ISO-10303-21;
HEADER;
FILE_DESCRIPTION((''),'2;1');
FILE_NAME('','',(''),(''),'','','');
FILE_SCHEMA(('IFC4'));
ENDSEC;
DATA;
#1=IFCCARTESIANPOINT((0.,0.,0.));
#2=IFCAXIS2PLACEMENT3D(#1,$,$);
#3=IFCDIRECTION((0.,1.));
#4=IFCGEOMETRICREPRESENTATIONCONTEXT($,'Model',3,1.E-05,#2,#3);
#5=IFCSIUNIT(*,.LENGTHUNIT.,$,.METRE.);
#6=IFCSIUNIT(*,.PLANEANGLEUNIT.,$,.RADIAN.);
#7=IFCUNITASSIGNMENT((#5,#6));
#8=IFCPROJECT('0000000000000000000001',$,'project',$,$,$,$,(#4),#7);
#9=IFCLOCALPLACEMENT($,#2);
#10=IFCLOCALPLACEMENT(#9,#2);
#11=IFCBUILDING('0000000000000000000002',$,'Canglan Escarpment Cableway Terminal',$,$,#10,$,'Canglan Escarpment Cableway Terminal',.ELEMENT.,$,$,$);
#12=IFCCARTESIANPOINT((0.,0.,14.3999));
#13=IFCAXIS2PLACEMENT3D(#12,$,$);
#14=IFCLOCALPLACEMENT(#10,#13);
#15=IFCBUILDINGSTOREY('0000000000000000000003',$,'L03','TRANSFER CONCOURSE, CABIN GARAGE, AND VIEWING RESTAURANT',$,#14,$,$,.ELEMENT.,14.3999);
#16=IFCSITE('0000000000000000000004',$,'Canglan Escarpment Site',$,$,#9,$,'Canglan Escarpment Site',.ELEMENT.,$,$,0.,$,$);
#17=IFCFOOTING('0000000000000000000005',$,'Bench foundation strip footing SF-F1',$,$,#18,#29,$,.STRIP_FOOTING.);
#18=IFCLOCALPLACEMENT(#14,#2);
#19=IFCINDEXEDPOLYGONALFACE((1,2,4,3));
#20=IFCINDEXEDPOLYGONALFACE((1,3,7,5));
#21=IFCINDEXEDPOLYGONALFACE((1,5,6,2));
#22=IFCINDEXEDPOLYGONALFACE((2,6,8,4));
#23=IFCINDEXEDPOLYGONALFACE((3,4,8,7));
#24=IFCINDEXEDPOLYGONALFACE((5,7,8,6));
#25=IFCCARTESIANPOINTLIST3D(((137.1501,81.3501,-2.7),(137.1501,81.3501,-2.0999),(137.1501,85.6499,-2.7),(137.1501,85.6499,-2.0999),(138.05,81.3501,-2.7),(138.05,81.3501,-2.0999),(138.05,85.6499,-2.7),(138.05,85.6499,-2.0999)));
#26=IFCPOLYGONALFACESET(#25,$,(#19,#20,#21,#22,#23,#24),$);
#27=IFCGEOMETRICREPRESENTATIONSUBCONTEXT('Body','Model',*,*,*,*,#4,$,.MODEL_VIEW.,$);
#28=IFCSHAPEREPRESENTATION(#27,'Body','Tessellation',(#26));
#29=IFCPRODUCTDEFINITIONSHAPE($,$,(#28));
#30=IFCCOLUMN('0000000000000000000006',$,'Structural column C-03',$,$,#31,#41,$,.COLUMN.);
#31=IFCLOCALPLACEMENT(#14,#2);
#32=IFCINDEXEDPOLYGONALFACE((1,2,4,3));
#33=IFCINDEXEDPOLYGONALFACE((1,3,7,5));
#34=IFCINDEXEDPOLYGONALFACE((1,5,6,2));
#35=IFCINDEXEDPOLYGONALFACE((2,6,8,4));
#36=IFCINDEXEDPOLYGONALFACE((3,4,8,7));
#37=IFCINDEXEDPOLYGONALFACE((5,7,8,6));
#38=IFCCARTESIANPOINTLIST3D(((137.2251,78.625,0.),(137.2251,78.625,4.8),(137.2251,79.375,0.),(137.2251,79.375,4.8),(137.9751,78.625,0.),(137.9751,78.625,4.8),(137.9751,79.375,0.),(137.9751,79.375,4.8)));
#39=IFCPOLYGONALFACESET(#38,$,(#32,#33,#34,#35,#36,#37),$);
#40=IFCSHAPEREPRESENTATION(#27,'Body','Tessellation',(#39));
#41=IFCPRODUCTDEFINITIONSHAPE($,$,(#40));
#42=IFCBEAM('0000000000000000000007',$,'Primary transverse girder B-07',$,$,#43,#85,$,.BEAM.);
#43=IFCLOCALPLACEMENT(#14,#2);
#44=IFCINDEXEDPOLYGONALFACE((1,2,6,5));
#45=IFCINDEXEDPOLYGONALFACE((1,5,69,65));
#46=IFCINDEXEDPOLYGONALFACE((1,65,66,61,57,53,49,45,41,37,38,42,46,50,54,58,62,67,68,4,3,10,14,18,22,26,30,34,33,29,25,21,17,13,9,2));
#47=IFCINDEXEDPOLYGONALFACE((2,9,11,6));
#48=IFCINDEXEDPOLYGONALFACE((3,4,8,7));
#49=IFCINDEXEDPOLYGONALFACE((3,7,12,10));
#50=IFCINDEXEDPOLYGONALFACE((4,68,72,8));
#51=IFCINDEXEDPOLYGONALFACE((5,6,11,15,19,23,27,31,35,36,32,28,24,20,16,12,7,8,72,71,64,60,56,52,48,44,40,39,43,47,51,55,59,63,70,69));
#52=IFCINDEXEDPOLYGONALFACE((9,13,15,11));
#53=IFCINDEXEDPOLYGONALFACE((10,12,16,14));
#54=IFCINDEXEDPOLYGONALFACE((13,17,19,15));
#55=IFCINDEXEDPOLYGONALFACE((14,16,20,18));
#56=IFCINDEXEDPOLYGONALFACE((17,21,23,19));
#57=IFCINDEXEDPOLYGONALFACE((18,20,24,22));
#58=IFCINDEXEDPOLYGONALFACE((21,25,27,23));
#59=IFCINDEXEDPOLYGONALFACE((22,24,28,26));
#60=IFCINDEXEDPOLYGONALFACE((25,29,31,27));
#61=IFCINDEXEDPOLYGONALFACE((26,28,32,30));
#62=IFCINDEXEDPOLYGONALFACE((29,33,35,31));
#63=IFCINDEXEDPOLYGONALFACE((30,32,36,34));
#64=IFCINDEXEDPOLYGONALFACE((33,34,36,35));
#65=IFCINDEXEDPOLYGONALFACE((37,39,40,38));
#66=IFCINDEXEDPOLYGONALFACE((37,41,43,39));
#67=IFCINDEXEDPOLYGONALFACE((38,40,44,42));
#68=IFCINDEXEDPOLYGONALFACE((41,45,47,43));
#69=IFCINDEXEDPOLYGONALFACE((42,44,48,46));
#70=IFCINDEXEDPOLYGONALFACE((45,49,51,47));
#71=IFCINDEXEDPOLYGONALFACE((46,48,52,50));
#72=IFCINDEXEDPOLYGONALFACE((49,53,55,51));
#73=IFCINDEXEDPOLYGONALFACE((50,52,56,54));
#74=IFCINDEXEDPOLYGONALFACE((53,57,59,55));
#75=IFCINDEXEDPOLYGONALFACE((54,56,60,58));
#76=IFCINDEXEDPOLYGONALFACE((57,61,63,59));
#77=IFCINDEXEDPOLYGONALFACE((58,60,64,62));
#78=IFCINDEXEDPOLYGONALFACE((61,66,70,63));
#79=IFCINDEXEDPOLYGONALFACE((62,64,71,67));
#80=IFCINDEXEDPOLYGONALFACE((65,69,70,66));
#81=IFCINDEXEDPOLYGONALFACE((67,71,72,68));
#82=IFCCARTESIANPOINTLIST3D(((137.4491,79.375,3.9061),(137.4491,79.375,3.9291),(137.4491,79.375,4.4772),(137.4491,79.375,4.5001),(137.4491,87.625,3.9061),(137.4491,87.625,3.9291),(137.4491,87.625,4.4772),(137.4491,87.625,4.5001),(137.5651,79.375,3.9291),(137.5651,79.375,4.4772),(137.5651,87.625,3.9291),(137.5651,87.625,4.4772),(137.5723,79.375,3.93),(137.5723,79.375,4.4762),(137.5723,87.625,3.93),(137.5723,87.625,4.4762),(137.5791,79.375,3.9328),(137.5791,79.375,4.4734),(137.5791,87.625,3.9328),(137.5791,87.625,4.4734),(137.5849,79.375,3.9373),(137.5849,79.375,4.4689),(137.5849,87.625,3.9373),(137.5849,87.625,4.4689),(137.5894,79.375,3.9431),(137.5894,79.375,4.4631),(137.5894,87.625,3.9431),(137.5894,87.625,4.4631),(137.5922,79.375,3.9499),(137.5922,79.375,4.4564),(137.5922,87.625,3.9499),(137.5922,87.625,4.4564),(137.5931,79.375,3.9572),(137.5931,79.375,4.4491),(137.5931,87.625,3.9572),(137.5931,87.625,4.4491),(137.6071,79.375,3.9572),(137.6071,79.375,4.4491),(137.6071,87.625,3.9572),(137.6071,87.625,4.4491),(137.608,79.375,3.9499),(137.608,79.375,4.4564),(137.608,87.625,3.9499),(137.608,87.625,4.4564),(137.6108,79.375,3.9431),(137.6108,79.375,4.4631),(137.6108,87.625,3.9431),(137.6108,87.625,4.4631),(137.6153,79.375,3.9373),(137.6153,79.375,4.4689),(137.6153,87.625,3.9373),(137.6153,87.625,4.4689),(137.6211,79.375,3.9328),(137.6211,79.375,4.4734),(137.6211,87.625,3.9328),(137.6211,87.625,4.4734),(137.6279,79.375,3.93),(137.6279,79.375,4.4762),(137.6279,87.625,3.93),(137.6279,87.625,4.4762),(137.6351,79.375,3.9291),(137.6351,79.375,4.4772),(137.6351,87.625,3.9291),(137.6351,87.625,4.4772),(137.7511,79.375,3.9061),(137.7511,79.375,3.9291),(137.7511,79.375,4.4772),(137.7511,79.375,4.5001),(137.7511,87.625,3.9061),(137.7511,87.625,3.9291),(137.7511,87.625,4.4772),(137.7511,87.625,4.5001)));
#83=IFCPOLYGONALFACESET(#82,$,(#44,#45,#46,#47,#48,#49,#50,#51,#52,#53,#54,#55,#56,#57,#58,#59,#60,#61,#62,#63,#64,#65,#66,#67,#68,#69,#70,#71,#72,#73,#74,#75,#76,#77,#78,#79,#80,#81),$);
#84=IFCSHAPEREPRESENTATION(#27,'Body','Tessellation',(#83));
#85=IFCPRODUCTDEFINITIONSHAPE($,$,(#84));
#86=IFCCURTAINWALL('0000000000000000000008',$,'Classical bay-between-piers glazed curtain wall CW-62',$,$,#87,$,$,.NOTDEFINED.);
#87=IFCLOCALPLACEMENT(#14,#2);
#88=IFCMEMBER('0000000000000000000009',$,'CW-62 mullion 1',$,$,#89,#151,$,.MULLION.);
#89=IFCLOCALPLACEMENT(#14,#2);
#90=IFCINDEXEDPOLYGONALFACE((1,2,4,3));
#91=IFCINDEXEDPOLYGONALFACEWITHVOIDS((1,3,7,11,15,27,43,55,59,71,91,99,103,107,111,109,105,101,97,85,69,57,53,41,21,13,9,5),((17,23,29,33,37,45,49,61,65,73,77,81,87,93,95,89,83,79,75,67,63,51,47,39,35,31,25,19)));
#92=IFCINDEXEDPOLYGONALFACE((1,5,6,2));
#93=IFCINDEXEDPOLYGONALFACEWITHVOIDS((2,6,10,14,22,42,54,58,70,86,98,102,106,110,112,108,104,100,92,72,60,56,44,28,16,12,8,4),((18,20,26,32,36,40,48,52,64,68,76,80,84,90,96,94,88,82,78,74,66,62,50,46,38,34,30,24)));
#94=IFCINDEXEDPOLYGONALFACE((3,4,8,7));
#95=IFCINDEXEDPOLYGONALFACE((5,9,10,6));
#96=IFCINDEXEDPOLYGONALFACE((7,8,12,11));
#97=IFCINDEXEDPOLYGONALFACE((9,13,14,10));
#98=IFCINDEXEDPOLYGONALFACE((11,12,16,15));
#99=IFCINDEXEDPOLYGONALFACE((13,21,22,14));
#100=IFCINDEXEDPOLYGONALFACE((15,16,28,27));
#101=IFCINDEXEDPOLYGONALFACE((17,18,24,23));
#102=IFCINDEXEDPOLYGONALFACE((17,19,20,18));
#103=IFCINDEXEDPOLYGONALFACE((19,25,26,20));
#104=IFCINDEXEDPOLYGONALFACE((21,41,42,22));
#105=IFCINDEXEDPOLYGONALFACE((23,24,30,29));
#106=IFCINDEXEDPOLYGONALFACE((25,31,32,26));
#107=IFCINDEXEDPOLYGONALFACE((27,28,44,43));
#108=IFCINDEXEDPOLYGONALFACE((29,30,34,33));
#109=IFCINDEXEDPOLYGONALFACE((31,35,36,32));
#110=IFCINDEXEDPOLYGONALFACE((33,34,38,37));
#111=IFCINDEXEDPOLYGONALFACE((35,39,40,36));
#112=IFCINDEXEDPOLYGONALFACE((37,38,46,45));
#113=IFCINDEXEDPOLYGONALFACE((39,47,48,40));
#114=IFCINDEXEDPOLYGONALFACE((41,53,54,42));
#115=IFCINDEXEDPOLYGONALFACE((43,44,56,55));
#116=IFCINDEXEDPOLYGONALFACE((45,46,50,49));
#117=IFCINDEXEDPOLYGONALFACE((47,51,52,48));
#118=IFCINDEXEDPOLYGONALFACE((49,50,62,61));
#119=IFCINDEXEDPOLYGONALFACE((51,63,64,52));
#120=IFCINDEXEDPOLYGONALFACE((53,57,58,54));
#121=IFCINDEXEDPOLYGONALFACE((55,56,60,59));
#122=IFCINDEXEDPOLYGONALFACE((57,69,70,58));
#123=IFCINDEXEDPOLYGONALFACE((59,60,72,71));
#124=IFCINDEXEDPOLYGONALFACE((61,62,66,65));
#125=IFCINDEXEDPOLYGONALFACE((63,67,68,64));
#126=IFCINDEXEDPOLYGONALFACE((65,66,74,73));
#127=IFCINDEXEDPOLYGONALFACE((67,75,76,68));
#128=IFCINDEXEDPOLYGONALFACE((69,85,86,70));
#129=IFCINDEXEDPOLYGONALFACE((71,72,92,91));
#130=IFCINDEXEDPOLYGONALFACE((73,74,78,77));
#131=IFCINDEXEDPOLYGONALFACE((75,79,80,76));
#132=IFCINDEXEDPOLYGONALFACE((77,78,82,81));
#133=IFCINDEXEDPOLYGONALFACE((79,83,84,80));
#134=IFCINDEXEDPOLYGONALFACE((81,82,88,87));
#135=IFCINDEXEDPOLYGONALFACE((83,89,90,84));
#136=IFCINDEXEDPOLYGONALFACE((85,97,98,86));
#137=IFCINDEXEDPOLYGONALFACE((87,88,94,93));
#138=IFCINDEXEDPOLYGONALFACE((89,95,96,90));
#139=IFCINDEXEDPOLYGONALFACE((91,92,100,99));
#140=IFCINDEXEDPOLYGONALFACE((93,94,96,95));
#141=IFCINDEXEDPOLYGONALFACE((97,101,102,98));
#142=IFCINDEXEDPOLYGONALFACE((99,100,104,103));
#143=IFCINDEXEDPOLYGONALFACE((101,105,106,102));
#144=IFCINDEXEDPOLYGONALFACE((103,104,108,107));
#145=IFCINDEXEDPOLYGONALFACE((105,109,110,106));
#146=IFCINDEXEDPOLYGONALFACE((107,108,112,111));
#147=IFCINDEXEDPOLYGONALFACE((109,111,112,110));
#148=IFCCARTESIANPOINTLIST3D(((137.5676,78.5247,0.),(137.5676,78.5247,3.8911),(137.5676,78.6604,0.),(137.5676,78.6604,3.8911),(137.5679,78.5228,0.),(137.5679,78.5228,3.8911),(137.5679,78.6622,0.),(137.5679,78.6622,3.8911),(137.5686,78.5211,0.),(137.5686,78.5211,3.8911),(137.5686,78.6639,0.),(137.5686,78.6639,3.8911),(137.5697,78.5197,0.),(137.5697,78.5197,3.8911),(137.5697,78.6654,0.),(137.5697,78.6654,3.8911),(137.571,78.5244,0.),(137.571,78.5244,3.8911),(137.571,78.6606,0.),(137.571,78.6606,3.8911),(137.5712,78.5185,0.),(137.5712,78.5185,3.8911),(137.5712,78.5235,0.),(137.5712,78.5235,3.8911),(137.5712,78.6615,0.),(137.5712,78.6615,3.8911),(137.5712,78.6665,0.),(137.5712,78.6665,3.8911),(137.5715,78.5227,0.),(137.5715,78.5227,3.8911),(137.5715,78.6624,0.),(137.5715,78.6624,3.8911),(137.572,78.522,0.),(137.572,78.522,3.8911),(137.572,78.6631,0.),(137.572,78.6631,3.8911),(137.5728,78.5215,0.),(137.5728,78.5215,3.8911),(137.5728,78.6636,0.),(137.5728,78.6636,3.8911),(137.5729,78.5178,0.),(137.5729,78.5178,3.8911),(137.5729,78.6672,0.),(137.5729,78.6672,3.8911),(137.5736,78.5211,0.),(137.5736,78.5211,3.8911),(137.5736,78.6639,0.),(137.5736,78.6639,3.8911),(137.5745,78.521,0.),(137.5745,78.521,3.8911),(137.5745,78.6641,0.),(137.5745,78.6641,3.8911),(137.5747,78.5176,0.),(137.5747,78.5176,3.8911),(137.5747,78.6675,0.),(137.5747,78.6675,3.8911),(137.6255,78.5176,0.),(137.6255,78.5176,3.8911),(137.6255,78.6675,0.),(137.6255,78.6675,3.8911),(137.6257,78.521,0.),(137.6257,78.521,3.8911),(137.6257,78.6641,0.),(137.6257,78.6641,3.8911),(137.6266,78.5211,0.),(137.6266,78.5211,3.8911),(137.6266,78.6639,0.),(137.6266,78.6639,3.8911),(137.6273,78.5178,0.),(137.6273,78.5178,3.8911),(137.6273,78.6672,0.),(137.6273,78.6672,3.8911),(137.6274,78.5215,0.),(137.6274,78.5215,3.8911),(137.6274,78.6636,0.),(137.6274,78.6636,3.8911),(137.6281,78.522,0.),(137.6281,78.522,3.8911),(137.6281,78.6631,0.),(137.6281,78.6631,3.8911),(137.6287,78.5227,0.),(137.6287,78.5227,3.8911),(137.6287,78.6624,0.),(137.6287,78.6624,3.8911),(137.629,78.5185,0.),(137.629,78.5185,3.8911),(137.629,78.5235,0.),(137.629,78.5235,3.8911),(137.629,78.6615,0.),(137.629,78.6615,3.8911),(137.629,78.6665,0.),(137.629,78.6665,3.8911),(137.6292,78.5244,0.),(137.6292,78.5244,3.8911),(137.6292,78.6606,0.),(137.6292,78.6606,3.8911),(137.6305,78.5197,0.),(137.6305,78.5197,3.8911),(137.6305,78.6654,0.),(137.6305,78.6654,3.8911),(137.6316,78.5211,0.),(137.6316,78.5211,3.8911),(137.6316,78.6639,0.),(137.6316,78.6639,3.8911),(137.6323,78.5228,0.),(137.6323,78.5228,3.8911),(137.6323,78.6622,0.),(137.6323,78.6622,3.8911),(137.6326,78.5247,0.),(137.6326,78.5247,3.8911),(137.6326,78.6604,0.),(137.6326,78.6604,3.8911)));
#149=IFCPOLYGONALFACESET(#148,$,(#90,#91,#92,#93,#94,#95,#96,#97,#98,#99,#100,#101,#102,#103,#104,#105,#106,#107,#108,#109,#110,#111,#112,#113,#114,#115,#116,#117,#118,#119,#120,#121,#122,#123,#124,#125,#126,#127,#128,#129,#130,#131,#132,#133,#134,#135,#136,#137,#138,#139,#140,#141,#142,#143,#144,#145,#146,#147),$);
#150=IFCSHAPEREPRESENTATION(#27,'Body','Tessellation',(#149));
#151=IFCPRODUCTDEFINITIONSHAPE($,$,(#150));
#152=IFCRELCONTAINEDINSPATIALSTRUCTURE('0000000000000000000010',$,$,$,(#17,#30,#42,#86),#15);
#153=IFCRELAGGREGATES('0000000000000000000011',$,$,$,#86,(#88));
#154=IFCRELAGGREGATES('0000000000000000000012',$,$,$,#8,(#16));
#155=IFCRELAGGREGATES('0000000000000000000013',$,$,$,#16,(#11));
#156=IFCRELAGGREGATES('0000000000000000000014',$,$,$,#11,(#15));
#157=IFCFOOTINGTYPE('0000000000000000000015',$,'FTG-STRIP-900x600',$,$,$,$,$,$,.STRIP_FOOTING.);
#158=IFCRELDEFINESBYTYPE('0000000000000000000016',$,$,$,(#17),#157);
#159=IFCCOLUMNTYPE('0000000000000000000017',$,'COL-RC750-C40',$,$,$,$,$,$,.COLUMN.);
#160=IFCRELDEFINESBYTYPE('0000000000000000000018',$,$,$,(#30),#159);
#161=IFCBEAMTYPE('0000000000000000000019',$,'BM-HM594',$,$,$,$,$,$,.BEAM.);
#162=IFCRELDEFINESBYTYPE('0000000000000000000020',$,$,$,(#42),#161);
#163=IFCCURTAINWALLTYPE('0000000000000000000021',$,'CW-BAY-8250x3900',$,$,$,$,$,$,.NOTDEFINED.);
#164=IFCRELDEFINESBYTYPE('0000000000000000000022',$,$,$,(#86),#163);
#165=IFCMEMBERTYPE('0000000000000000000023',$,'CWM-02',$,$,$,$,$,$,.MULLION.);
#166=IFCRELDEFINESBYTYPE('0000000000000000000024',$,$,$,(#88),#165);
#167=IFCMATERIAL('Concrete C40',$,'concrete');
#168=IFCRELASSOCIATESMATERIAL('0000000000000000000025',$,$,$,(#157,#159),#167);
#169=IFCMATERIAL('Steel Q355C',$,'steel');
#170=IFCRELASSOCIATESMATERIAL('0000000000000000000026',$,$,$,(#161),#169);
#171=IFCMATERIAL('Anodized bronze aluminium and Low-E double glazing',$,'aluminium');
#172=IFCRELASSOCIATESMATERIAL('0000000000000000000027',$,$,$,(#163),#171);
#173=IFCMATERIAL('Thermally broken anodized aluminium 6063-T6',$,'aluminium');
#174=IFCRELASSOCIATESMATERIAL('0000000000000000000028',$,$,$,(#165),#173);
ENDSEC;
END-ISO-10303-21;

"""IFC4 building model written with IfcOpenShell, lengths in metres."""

from ifc_helpers import new_model, si_unit, direction, frame, origin, origin_2d, place, context, subcontext, project, spatial, rectangle, hollow_rectangle, i_section, extrude, material, material_profile, profile_set, type_object, element, aggregate, save


model = new_model("IFC4")

# Units and contexts
model_context = context("Model", 3, precision=1e-05, world=origin(), true_north=direction((0.0, 1.0)))
body_context = subcontext(model_context, "Body", "Model", "MODEL_VIEW")
ifc_project = project(units=[si_unit("LENGTHUNIT", "METRE"), si_unit("PLANEANGLEUNIT", "RADIAN")], contexts=[model_context])

# Site, building, storey
site_placement = place(None, origin())
site = spatial("IfcSite", under=ifc_project, at=site_placement, Name="Canglan Escarpment Site", LongName="Canglan Escarpment Site", CompositionType="ELEMENT", RefElevation=0.0)
building_placement = place(site_placement, origin())
building = spatial("IfcBuilding", under=site, at=building_placement, Name="Canglan Escarpment Cableway Terminal", LongName="Canglan Escarpment Cableway Terminal", CompositionType="ELEMENT")
storey_placement = place(building_placement, frame((0.0, 0.0, 14.3999)))
storey = spatial("IfcBuildingStorey", under=building, at=storey_placement, Name="L03", Description="TRANSFER CONCOURSE, CABIN GARAGE, AND VIEWING RESTAURANT", CompositionType="ELEMENT", Elevation=14.3999)

# Footing
ifc_material_1 = material(Name="Concrete C40", Category="concrete")
ifc_material_profile_1 = material_profile(ifc_material_1, rectangle(XDim=0.8999, YDim=0.6001, at=origin_2d()), Name="SF 900x600")
ifc_profile_set_1 = profile_set([ifc_material_profile_1], Name="Concrete C40")
footing_type = type_object("IfcFootingType", Name="FTG-STRIP-900x600", PredefinedType="STRIP_FOOTING", material=ifc_profile_set_1)
footing_placement = place(storey_placement, frame((137.6001, 81.3501, -2.3999), z_axis=(0.0, 1.0, 0.0), x_axis=(-1.0, 0.0, 0.0)))
element("IfcFooting", 1, at=footing_placement, inside=storey, type_object=footing_type, Name="Bench foundation strip footing SF-F1", PredefinedType="STRIP_FOOTING", context=body_context, shape_type="SweptSolid", body=[
    extrude(rectangle(XDim=0.8999, YDim=0.6001, at=origin_2d()), origin(), (0.0, 0.0, 1.0), 4.2998),
])

# Column
ifc_material_profile_2 = material_profile(ifc_material_1, rectangle(XDim=0.75, YDim=0.75, at=origin_2d()), Name="RC 750x750")
ifc_profile_set_2 = profile_set([ifc_material_profile_2], Name="Concrete C40")
column_type = type_object("IfcColumnType", Name="COL-RC750-C40", PredefinedType="COLUMN", material=ifc_profile_set_2)
column_placement = place(storey_placement, frame((137.6001, 79.0, 0.0), z_axis=(0.0, 0.0, 1.0), x_axis=(1.0, 0.0, 0.0)))
element("IfcColumn", 2, at=column_placement, inside=storey, type_object=column_type, Name="Structural column C-03", PredefinedType="COLUMN", context=body_context, shape_type="SweptSolid", body=[
    extrude(rectangle(XDim=0.75, YDim=0.75, at=origin_2d()), origin(), (0.0, 0.0, 1.0), 4.8),
])

# Beam
ifc_material_2 = material(Name="Steel Q355C", Category="steel")
ifc_material_profile_3 = material_profile(ifc_material_2, i_section(OverallWidth=0.302, OverallDepth=0.594, WebThickness=0.0139, FlangeThickness=0.0229, FilletRadius=0.0281, at=origin_2d()), Name="HM 594x302x14x23")
ifc_profile_set_3 = profile_set([ifc_material_profile_3], Name="Steel Q355C")
beam_type = type_object("IfcBeamType", Name="BM-HM594", PredefinedType="BEAM", material=ifc_profile_set_3)
beam_placement = place(storey_placement, frame((137.6001, 79.375, 4.2031), z_axis=(0.0, 1.0, 0.0), x_axis=(-1.0, 0.0, 0.0)))
element("IfcBeam", 3, at=beam_placement, inside=storey, type_object=beam_type, Name="Primary transverse girder B-07", PredefinedType="BEAM", context=body_context, shape_type="SweptSolid", body=[
    extrude(i_section(OverallWidth=0.302, OverallDepth=0.594, WebThickness=0.0139, FlangeThickness=0.0229, FilletRadius=0.0281, at=origin_2d()), origin(), (0.0, 0.0, 1.0), 8.25),
])

# Curtain wall, member
ifc_material_3 = material(Name="Anodized bronze aluminium and Low-E double glazing", Category="aluminium")
curtain_wall_type = type_object("IfcCurtainWallType", Name="CW-BAY-8250x3900", PredefinedType="NOTDEFINED", material=ifc_material_3)
curtain_wall_placement = place(storey_placement, origin())
curtain_wall = element("IfcCurtainWall", 4, at=curtain_wall_placement, inside=storey, type_object=curtain_wall_type, Name="Classical bay-between-piers glazed curtain wall CW-62", PredefinedType="NOTDEFINED")
ifc_material_4 = material(Name="Thermally broken anodized aluminium 6063-T6", Category="aluminium")
ifc_material_profile_4 = material_profile(ifc_material_4, hollow_rectangle(XDim=0.0649, YDim=0.1499, WallThickness=0.0034, InnerFilletRadius=0.0034, OuterFilletRadius=0.0071, at=origin_2d()), Name="ALU-MULL 65x150x3.5")
ifc_profile_set_4 = profile_set([ifc_material_profile_4], Name="Thermally broken anodized aluminium 6063-T6")
member_type_1 = type_object("IfcMemberType", Name="CWM-02", PredefinedType="MULLION", material=ifc_profile_set_4)
member_1_placement = place(storey_placement, frame((137.6001, 78.5925, 0.0), z_axis=(0.0, 0.0, 1.0), x_axis=(1.0, 0.0, 0.0)))
member_1 = element("IfcMember", 5, at=member_1_placement, type_object=member_type_1, Name="CW-62 mullion 1", PredefinedType="MULLION", context=body_context, shape_type="SweptSolid", body=[
    extrude(hollow_rectangle(XDim=0.0649, YDim=0.1499, WallThickness=0.0034, InnerFilletRadius=0.0034, OuterFilletRadius=0.0071, at=origin_2d()), origin(), (0.0, 0.0, 1.0), 3.8911),
])
aggregate(curtain_wall, [member_1])

save(model, "model.ifc")
